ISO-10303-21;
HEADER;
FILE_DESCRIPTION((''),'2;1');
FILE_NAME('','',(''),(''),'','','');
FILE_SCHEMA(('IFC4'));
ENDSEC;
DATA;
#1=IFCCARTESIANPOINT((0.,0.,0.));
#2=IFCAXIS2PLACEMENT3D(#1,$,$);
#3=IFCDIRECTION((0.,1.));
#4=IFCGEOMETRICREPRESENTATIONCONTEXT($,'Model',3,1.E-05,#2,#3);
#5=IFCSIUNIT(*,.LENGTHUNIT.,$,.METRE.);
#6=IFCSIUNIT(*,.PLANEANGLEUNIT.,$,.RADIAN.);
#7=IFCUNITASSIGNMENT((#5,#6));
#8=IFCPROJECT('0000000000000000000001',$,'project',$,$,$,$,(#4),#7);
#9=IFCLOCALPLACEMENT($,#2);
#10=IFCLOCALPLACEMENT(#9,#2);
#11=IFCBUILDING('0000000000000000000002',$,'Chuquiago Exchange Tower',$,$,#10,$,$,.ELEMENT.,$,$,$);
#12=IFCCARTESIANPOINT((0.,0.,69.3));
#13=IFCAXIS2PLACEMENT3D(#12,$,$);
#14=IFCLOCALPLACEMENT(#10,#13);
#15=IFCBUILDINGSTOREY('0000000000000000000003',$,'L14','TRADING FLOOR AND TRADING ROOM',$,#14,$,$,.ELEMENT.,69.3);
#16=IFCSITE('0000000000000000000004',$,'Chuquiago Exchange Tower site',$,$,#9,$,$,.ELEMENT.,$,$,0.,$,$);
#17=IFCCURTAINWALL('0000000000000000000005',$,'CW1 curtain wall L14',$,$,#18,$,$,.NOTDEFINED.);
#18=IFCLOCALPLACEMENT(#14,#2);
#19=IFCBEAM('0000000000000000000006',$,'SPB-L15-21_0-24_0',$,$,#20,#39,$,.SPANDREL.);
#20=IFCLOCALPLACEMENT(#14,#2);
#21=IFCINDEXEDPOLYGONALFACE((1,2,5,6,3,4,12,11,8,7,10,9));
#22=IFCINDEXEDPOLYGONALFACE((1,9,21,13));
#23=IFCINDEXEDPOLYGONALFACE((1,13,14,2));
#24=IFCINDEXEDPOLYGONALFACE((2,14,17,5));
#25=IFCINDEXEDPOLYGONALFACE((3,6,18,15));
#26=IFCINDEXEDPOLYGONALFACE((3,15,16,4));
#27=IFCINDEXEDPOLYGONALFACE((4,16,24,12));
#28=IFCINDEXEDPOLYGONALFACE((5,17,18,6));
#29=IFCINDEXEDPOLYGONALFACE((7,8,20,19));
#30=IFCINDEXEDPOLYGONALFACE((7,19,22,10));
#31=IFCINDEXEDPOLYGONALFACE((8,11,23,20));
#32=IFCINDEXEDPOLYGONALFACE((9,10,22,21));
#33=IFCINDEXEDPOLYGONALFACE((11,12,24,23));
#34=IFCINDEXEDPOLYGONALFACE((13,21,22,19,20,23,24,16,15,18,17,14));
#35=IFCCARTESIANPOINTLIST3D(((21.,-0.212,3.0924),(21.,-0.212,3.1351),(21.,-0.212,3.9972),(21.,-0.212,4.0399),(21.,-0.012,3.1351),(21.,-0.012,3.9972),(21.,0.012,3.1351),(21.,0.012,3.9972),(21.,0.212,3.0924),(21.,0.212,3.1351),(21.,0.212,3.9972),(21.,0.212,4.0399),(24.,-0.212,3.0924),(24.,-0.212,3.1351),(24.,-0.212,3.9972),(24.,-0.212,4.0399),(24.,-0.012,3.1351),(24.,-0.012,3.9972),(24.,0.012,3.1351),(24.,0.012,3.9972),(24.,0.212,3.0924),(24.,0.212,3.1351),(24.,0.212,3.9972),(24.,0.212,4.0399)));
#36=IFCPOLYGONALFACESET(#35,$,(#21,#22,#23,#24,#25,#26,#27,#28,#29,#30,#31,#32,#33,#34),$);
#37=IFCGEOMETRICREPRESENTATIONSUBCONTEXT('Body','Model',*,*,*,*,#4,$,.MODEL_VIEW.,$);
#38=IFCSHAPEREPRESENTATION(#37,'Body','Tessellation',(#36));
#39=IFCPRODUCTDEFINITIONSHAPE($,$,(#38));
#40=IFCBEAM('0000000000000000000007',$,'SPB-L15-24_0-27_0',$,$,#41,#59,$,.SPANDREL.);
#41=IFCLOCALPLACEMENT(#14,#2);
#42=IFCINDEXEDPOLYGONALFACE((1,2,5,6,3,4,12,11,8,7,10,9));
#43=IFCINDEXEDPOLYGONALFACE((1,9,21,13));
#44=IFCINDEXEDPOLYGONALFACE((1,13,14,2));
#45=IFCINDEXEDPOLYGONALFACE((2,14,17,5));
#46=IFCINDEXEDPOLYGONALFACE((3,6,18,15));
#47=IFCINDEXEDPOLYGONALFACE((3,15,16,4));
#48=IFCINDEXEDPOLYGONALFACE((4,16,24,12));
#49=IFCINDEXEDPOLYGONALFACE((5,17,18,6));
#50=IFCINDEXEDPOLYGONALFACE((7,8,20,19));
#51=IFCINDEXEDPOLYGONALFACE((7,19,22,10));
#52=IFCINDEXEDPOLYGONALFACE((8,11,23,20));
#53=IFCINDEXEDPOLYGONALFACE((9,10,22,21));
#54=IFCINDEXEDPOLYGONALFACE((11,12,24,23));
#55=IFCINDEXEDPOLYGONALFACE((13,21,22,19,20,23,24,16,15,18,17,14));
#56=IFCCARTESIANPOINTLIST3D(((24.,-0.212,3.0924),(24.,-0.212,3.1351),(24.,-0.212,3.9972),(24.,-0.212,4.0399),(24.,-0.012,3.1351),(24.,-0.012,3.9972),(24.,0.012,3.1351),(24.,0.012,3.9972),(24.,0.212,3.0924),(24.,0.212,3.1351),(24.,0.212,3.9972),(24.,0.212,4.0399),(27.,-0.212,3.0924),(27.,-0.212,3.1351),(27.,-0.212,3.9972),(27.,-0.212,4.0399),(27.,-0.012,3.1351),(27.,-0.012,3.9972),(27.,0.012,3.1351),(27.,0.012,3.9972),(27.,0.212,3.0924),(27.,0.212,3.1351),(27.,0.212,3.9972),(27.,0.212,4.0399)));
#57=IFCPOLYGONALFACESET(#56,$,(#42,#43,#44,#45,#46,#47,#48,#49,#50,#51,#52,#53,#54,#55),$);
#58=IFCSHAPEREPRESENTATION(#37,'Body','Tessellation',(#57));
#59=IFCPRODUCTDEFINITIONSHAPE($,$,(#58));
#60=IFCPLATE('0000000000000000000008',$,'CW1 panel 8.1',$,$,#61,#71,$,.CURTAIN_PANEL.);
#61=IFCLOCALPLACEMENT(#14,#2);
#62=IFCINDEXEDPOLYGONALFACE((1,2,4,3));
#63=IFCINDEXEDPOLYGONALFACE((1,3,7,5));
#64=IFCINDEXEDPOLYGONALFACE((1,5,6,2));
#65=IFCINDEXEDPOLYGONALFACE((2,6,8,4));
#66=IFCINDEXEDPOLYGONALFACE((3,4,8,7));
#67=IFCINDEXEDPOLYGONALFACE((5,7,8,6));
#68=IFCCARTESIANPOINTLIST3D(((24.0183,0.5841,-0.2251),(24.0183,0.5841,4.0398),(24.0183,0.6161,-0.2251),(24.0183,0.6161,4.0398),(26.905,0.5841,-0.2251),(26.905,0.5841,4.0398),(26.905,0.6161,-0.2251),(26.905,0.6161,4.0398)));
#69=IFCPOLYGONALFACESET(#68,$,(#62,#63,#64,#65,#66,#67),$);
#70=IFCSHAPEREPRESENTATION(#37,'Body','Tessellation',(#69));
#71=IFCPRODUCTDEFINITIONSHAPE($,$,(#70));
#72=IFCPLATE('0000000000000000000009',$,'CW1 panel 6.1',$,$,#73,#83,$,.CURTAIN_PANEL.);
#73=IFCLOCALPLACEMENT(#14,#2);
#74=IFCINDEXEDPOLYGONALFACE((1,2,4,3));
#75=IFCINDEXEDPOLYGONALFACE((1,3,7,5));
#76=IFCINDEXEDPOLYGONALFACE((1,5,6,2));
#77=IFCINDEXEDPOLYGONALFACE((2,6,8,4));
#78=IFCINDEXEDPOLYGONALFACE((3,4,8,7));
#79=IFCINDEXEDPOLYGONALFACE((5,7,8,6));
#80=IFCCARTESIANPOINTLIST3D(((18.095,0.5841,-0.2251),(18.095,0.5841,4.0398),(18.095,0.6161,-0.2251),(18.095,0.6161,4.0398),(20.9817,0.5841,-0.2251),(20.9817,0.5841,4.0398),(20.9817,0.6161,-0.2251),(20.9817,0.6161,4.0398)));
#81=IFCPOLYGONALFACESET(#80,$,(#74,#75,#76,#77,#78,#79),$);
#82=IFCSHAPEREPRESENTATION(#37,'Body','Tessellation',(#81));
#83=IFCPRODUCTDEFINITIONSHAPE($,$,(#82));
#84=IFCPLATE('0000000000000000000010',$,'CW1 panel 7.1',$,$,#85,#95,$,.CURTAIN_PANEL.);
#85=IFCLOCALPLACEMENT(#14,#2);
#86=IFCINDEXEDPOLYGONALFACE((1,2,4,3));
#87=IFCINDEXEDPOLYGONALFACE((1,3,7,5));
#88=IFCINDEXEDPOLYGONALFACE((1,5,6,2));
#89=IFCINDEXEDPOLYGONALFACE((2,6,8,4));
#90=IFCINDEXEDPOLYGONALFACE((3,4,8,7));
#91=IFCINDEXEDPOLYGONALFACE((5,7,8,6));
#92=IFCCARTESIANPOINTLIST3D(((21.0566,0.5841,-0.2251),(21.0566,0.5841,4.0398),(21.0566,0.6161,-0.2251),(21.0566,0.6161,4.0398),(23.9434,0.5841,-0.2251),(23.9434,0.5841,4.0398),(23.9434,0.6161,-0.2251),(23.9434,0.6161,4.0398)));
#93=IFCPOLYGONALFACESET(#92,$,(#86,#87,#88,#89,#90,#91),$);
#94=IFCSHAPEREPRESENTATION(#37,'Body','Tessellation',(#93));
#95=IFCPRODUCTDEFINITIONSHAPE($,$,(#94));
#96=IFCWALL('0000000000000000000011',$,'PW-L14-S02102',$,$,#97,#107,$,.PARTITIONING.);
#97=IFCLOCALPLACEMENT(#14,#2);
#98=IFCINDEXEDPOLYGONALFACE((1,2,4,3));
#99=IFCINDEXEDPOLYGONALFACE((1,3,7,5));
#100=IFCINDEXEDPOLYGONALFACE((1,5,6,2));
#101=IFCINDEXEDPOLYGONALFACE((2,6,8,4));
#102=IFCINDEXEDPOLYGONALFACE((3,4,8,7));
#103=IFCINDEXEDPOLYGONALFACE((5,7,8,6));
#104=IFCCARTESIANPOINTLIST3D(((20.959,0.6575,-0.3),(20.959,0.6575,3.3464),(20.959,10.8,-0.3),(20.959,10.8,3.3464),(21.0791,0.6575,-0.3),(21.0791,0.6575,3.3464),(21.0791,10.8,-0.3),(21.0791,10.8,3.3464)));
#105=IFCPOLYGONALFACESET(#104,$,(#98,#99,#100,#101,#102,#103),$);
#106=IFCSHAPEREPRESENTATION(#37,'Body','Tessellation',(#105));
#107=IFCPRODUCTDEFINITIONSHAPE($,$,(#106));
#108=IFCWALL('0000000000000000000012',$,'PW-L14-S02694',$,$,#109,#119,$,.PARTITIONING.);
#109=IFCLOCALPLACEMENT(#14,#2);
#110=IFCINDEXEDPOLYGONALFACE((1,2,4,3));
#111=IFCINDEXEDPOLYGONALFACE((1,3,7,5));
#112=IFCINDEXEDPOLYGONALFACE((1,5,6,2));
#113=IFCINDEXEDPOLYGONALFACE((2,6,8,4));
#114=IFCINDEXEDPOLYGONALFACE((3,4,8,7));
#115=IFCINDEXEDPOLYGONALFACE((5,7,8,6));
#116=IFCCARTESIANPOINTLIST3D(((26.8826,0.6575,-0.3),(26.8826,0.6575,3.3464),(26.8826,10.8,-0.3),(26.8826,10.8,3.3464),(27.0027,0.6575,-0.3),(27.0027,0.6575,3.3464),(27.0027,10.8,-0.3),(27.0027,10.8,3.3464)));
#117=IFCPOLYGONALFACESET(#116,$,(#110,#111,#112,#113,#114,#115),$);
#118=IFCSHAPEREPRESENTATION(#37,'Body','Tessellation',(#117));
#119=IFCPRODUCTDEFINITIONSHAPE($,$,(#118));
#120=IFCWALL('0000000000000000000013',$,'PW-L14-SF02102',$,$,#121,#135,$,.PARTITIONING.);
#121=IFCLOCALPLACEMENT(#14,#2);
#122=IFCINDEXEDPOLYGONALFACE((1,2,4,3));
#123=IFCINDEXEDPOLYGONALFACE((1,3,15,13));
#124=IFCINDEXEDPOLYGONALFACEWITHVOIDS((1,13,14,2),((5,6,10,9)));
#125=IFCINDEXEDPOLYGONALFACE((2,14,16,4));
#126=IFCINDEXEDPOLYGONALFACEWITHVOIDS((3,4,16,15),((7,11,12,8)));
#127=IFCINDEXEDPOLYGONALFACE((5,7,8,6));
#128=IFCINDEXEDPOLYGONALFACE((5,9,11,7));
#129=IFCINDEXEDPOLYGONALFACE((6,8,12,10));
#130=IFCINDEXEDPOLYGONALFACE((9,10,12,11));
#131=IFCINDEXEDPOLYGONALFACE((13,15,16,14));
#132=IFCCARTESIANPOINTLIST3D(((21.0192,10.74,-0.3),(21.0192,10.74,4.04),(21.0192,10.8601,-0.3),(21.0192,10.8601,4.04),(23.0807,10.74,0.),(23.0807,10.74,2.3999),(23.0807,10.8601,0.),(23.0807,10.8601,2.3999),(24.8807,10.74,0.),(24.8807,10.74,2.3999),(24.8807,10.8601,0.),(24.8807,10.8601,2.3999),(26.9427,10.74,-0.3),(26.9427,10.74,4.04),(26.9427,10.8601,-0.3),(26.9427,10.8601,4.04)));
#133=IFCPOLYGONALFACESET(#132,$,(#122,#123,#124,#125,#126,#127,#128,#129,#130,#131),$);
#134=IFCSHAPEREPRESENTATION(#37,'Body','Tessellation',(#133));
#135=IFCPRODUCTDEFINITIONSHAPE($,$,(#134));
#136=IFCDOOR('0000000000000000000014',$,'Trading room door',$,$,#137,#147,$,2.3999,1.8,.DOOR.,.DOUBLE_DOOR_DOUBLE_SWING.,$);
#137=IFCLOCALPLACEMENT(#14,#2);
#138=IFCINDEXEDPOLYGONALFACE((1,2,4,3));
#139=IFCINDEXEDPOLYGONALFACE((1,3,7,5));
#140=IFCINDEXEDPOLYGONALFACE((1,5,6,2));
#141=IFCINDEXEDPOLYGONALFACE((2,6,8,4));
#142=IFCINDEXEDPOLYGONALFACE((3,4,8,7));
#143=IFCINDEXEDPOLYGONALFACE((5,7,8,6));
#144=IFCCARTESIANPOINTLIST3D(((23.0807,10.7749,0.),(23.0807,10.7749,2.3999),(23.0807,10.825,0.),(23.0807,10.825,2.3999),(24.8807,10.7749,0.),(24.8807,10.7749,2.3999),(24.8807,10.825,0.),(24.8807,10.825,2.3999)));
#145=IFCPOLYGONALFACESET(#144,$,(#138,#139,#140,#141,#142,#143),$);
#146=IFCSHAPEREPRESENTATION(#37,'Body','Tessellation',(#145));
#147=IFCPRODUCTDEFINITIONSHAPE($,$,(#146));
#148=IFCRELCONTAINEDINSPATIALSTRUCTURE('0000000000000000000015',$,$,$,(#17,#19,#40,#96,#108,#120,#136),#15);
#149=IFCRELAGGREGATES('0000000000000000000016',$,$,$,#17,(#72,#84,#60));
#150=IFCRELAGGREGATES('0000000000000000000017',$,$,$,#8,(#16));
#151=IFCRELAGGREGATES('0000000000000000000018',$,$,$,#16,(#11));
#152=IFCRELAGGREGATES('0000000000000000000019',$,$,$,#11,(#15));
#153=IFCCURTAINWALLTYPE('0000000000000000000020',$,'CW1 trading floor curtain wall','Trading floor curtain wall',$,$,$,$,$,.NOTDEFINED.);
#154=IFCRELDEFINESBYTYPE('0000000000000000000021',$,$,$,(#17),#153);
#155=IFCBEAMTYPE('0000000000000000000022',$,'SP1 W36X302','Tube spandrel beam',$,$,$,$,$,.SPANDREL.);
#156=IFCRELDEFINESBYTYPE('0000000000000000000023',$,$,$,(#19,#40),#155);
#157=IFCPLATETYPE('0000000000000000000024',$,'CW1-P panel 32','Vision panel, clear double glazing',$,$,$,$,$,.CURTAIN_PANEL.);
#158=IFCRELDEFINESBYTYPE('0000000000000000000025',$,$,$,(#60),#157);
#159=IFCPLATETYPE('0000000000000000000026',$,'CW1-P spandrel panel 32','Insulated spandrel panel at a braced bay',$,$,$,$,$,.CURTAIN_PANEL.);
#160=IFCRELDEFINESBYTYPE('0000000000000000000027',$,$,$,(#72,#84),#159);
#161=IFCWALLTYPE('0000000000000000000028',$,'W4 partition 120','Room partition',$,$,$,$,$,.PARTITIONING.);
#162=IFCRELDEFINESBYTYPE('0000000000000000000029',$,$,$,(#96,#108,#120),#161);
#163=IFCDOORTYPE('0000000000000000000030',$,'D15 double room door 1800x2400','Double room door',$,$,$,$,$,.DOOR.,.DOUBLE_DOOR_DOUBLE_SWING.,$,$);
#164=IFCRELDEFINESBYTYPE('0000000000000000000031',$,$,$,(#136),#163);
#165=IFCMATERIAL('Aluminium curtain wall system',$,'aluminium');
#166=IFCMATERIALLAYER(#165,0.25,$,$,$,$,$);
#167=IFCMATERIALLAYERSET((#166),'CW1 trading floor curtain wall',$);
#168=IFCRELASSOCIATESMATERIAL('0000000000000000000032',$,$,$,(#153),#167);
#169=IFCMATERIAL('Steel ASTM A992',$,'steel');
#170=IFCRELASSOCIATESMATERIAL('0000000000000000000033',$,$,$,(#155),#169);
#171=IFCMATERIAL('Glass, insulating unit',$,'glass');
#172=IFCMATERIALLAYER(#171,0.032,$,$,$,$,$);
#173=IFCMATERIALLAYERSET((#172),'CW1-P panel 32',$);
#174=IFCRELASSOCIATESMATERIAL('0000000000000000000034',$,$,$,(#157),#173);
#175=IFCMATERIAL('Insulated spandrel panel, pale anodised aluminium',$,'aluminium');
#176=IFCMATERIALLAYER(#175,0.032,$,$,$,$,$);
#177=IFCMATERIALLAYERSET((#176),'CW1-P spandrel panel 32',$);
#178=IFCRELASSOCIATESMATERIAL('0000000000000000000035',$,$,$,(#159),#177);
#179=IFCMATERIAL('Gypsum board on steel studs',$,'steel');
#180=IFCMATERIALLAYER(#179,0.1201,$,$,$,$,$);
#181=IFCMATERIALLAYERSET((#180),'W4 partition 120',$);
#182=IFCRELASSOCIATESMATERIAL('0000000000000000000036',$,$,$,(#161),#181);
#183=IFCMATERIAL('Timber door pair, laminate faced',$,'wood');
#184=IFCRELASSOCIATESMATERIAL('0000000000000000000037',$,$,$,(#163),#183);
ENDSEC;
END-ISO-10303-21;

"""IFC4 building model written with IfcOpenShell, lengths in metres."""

from ifc_helpers import new_model, si_unit, direction, frame, frame_2d, origin, origin_2d, place, context, subcontext, project, spatial, rectangle, i_section, extrude, material, layer, layer_set, material_profile, profile_set, type_object, element, fill, aggregate, save


model = new_model("IFC4")

# Units and contexts
model_context = context("Model", 3, precision=1e-05, world=origin(), true_north=direction((0.0, 1.0)))
body_context = subcontext(model_context, "Body", "Model", "MODEL_VIEW")
ifc_project = project(units=[si_unit("LENGTHUNIT", "METRE"), si_unit("PLANEANGLEUNIT", "RADIAN")], contexts=[model_context])

# Site, building, storey
site_placement = place(None, origin())
site = spatial("IfcSite", under=ifc_project, at=site_placement, Name="Chuquiago Exchange Tower site", CompositionType="ELEMENT", RefElevation=0.0)
building_placement = place(site_placement, origin())
building = spatial("IfcBuilding", under=site, at=building_placement, Name="Chuquiago Exchange Tower", CompositionType="ELEMENT")
storey_placement = place(building_placement, frame((0.0, 0.0, 69.3)))
storey = spatial("IfcBuildingStorey", under=building, at=storey_placement, Name="L14", Description="TRADING FLOOR AND TRADING ROOM", CompositionType="ELEMENT", Elevation=69.3)

# Curtain wall
ifc_material_1 = material(Name="Aluminium curtain wall system", Category="aluminium")
ifc_layer_1 = layer(ifc_material_1, 0.25)
ifc_layer_set_1 = layer_set([ifc_layer_1], Name="CW1 trading floor curtain wall")
curtain_wall_type = type_object("IfcCurtainWallType", Name="CW1 trading floor curtain wall", Description="Trading floor curtain wall", PredefinedType="NOTDEFINED", material=ifc_layer_set_1)
curtain_wall_placement = place(storey_placement, origin())
curtain_wall = element("IfcCurtainWall", 1, at=curtain_wall_placement, inside=storey, type_object=curtain_wall_type, Name="CW1 curtain wall L14", PredefinedType="NOTDEFINED")

# Beams
ifc_material_2 = material(Name="Steel ASTM A992", Category="steel")
ifc_material_profile_1 = material_profile(ifc_material_2, i_section(OverallWidth=0.4241, OverallDepth=0.9475, WebThickness=0.0239, FlangeThickness=0.0427, at=origin_2d()), Name="W36X302")
ifc_profile_set_1 = profile_set([ifc_material_profile_1], Name="Steel ASTM A992")
beam_type_1 = type_object("IfcBeamType", Name="SP1 W36X302", Description="Tube spandrel beam", PredefinedType="SPANDREL", material=ifc_profile_set_1)
for number, where, z_axis, x_axis, name in (
    (2, (21.0, 0.0, 3.5662), (1.0, 0.0, 0.0), (0.0, 1.0, 0.0), "SPB-L15-21_0-24_0"),
    (3, (24.0, 0.0, 3.5662), (1.0, 0.0, 0.0), (0.0, 1.0, 0.0), "SPB-L15-24_0-27_0"),
):
    element("IfcBeam", number, at=place(storey_placement, frame(where, z_axis=z_axis, x_axis=x_axis)), inside=storey, type_object=beam_type_1, Name=name, PredefinedType="SPANDREL", context=body_context, shape_type="SweptSolid", body=[
        extrude(i_section(OverallWidth=0.4241, OverallDepth=0.9475, WebThickness=0.0239, FlangeThickness=0.0427, at=origin_2d()), origin(), (0.0, 0.0, 1.0), 3.0),
    ])

# Plates
ifc_material_3 = material(Name="Glass, insulating unit", Category="glass")
ifc_layer_2 = layer(ifc_material_3, 0.032)
ifc_layer_set_2 = layer_set([ifc_layer_2], Name="CW1-P panel 32")
plate_type_1 = type_object("IfcPlateType", Name="CW1-P panel 32", Description="Vision panel, clear double glazing", PredefinedType="CURTAIN_PANEL", material=ifc_layer_set_2)
plate_1_placement = place(storey_placement, frame((25.4617, 0.6001, -0.2251), z_axis=(0.0, 0.0, 1.0), x_axis=(1.0, 0.0, 0.0)))
plate_1 = element("IfcPlate", 4, at=plate_1_placement, type_object=plate_type_1, Name="CW1 panel 8.1", PredefinedType="CURTAIN_PANEL", context=body_context, shape_type="SweptSolid", body=[
    extrude(rectangle(XDim=2.8867, YDim=0.032, at=origin_2d()), origin(), (0.0, 0.0, 1.0), 4.2649),
])
ifc_material_4 = material(Name="Insulated spandrel panel, pale anodised aluminium", Category="aluminium")
ifc_layer_3 = layer(ifc_material_4, 0.032)
ifc_layer_set_3 = layer_set([ifc_layer_3], Name="CW1-P spandrel panel 32")
plate_type_2 = type_object("IfcPlateType", Name="CW1-P spandrel panel 32", Description="Insulated spandrel panel at a braced bay", PredefinedType="CURTAIN_PANEL", material=ifc_layer_set_3)
plate_2_placement = place(storey_placement, frame((19.5383, 0.6001, -0.2251), z_axis=(0.0, 0.0, 1.0), x_axis=(1.0, 0.0, 0.0)))
plate_2 = element("IfcPlate", 5, at=plate_2_placement, type_object=plate_type_2, Name="CW1 panel 6.1", PredefinedType="CURTAIN_PANEL", context=body_context, shape_type="SweptSolid", body=[
    extrude(rectangle(XDim=2.8867, YDim=0.032, at=origin_2d()), origin(), (0.0, 0.0, 1.0), 4.2649),
])
plate_3_placement = place(storey_placement, frame((22.5, 0.6001, -0.2251), z_axis=(0.0, 0.0, 1.0), x_axis=(1.0, 0.0, 0.0)))
plate_3 = element("IfcPlate", 6, at=plate_3_placement, type_object=plate_type_2, Name="CW1 panel 7.1", PredefinedType="CURTAIN_PANEL", context=body_context, shape_type="SweptSolid", body=[
    extrude(rectangle(XDim=2.8867, YDim=0.032, at=origin_2d()), origin(), (0.0, 0.0, 1.0), 4.2649),
])
aggregate(curtain_wall, [plate_2, plate_3, plate_1])

# Walls
ifc_material_5 = material(Name="Gypsum board on steel studs", Category="steel")
ifc_layer_4 = layer(ifc_material_5, 0.1201)
ifc_layer_set_4 = layer_set([ifc_layer_4], Name="W4 partition 120")
wall_type = type_object("IfcWallType", Name="W4 partition 120", Description="Room partition", PredefinedType="PARTITIONING", material=ifc_layer_set_4)
for number, where, z_axis, x_axis, name in (
    (7, (21.019, 0.6575, -0.3), (0.0, 0.0, 1.0), (0.0, 1.0, 0.0), "PW-L14-S02102"),
    (8, (26.9426, 0.6575, -0.3), (0.0, 0.0, 1.0), (0.0, 1.0, 0.0), "PW-L14-S02694"),
):
    element("IfcWall", number, at=place(storey_placement, frame(where, z_axis=z_axis, x_axis=x_axis)), inside=storey, type_object=wall_type, Name=name, PredefinedType="PARTITIONING", context=body_context, shape_type="SweptSolid", body=[
        extrude(rectangle(XDim=10.1426, YDim=0.1201, at=frame_2d((5.0713, 0.0))), origin(), (0.0, 0.0, 1.0), 3.6465),
    ])

# Wall, opening, door
wall_placement = place(storey_placement, frame((21.019, 10.8, -0.3), z_axis=(0.0, 0.0, 1.0), x_axis=(1.0, 0.0, 0.0)))
wall = element("IfcWall", 9, at=wall_placement, inside=storey, type_object=wall_type, Name="PW-L14-SF02102", PredefinedType="PARTITIONING", context=body_context, shape_type="SweptSolid", body=[
    extrude(rectangle(XDim=5.9236, YDim=0.1201, at=frame_2d((2.9619, 0.0))), origin(), (0.0, 0.0, 1.0), 4.3401),
])
opening_placement = place(wall_placement, frame((2.0618, 0.0, 0.3)))
opening = element("IfcOpeningElement", 10, at=opening_placement, cuts=wall, PredefinedType="OPENING", context=body_context, shape_type="SweptSolid", body=[
    extrude(rectangle(XDim=1.8, YDim=2.3999, at=frame_2d((0.8999, 1.2))), frame((0.0, 0.0701, 0.0), z_axis=(0.0, -1.0, 0.0), x_axis=(1.0, 0.0, 0.0)), (0.0, 0.0, 1.0), 0.1401),
])
ifc_material_6 = material(Name="Timber door pair, laminate faced", Category="wood")
door_type = type_object("IfcDoorType", Name="D15 double room door 1800x2400", Description="Double room door", OperationType="DOUBLE_DOOR_DOUBLE_SWING", PredefinedType="DOOR", material=ifc_material_6)
door_placement = place(opening_placement, origin())
door = element("IfcDoor", 11, at=door_placement, inside=storey, type_object=door_type, Name="Trading room door", OperationType="DOUBLE_DOOR_DOUBLE_SWING", OverallHeight=2.3999, OverallWidth=1.8, PredefinedType="DOOR", context=body_context, shape_type="SweptSolid", body=[
    extrude(rectangle(XDim=1.8, YDim=2.3999, at=frame_2d((0.8999, 1.2))), frame((0.0, 0.0249, 0.0), z_axis=(0.0, -1.0, 0.0), x_axis=(1.0, 0.0, 0.0)), (0.0, 0.0, 1.0), 0.05),
])
fill(opening, door)

save(model, "model.ifc")
